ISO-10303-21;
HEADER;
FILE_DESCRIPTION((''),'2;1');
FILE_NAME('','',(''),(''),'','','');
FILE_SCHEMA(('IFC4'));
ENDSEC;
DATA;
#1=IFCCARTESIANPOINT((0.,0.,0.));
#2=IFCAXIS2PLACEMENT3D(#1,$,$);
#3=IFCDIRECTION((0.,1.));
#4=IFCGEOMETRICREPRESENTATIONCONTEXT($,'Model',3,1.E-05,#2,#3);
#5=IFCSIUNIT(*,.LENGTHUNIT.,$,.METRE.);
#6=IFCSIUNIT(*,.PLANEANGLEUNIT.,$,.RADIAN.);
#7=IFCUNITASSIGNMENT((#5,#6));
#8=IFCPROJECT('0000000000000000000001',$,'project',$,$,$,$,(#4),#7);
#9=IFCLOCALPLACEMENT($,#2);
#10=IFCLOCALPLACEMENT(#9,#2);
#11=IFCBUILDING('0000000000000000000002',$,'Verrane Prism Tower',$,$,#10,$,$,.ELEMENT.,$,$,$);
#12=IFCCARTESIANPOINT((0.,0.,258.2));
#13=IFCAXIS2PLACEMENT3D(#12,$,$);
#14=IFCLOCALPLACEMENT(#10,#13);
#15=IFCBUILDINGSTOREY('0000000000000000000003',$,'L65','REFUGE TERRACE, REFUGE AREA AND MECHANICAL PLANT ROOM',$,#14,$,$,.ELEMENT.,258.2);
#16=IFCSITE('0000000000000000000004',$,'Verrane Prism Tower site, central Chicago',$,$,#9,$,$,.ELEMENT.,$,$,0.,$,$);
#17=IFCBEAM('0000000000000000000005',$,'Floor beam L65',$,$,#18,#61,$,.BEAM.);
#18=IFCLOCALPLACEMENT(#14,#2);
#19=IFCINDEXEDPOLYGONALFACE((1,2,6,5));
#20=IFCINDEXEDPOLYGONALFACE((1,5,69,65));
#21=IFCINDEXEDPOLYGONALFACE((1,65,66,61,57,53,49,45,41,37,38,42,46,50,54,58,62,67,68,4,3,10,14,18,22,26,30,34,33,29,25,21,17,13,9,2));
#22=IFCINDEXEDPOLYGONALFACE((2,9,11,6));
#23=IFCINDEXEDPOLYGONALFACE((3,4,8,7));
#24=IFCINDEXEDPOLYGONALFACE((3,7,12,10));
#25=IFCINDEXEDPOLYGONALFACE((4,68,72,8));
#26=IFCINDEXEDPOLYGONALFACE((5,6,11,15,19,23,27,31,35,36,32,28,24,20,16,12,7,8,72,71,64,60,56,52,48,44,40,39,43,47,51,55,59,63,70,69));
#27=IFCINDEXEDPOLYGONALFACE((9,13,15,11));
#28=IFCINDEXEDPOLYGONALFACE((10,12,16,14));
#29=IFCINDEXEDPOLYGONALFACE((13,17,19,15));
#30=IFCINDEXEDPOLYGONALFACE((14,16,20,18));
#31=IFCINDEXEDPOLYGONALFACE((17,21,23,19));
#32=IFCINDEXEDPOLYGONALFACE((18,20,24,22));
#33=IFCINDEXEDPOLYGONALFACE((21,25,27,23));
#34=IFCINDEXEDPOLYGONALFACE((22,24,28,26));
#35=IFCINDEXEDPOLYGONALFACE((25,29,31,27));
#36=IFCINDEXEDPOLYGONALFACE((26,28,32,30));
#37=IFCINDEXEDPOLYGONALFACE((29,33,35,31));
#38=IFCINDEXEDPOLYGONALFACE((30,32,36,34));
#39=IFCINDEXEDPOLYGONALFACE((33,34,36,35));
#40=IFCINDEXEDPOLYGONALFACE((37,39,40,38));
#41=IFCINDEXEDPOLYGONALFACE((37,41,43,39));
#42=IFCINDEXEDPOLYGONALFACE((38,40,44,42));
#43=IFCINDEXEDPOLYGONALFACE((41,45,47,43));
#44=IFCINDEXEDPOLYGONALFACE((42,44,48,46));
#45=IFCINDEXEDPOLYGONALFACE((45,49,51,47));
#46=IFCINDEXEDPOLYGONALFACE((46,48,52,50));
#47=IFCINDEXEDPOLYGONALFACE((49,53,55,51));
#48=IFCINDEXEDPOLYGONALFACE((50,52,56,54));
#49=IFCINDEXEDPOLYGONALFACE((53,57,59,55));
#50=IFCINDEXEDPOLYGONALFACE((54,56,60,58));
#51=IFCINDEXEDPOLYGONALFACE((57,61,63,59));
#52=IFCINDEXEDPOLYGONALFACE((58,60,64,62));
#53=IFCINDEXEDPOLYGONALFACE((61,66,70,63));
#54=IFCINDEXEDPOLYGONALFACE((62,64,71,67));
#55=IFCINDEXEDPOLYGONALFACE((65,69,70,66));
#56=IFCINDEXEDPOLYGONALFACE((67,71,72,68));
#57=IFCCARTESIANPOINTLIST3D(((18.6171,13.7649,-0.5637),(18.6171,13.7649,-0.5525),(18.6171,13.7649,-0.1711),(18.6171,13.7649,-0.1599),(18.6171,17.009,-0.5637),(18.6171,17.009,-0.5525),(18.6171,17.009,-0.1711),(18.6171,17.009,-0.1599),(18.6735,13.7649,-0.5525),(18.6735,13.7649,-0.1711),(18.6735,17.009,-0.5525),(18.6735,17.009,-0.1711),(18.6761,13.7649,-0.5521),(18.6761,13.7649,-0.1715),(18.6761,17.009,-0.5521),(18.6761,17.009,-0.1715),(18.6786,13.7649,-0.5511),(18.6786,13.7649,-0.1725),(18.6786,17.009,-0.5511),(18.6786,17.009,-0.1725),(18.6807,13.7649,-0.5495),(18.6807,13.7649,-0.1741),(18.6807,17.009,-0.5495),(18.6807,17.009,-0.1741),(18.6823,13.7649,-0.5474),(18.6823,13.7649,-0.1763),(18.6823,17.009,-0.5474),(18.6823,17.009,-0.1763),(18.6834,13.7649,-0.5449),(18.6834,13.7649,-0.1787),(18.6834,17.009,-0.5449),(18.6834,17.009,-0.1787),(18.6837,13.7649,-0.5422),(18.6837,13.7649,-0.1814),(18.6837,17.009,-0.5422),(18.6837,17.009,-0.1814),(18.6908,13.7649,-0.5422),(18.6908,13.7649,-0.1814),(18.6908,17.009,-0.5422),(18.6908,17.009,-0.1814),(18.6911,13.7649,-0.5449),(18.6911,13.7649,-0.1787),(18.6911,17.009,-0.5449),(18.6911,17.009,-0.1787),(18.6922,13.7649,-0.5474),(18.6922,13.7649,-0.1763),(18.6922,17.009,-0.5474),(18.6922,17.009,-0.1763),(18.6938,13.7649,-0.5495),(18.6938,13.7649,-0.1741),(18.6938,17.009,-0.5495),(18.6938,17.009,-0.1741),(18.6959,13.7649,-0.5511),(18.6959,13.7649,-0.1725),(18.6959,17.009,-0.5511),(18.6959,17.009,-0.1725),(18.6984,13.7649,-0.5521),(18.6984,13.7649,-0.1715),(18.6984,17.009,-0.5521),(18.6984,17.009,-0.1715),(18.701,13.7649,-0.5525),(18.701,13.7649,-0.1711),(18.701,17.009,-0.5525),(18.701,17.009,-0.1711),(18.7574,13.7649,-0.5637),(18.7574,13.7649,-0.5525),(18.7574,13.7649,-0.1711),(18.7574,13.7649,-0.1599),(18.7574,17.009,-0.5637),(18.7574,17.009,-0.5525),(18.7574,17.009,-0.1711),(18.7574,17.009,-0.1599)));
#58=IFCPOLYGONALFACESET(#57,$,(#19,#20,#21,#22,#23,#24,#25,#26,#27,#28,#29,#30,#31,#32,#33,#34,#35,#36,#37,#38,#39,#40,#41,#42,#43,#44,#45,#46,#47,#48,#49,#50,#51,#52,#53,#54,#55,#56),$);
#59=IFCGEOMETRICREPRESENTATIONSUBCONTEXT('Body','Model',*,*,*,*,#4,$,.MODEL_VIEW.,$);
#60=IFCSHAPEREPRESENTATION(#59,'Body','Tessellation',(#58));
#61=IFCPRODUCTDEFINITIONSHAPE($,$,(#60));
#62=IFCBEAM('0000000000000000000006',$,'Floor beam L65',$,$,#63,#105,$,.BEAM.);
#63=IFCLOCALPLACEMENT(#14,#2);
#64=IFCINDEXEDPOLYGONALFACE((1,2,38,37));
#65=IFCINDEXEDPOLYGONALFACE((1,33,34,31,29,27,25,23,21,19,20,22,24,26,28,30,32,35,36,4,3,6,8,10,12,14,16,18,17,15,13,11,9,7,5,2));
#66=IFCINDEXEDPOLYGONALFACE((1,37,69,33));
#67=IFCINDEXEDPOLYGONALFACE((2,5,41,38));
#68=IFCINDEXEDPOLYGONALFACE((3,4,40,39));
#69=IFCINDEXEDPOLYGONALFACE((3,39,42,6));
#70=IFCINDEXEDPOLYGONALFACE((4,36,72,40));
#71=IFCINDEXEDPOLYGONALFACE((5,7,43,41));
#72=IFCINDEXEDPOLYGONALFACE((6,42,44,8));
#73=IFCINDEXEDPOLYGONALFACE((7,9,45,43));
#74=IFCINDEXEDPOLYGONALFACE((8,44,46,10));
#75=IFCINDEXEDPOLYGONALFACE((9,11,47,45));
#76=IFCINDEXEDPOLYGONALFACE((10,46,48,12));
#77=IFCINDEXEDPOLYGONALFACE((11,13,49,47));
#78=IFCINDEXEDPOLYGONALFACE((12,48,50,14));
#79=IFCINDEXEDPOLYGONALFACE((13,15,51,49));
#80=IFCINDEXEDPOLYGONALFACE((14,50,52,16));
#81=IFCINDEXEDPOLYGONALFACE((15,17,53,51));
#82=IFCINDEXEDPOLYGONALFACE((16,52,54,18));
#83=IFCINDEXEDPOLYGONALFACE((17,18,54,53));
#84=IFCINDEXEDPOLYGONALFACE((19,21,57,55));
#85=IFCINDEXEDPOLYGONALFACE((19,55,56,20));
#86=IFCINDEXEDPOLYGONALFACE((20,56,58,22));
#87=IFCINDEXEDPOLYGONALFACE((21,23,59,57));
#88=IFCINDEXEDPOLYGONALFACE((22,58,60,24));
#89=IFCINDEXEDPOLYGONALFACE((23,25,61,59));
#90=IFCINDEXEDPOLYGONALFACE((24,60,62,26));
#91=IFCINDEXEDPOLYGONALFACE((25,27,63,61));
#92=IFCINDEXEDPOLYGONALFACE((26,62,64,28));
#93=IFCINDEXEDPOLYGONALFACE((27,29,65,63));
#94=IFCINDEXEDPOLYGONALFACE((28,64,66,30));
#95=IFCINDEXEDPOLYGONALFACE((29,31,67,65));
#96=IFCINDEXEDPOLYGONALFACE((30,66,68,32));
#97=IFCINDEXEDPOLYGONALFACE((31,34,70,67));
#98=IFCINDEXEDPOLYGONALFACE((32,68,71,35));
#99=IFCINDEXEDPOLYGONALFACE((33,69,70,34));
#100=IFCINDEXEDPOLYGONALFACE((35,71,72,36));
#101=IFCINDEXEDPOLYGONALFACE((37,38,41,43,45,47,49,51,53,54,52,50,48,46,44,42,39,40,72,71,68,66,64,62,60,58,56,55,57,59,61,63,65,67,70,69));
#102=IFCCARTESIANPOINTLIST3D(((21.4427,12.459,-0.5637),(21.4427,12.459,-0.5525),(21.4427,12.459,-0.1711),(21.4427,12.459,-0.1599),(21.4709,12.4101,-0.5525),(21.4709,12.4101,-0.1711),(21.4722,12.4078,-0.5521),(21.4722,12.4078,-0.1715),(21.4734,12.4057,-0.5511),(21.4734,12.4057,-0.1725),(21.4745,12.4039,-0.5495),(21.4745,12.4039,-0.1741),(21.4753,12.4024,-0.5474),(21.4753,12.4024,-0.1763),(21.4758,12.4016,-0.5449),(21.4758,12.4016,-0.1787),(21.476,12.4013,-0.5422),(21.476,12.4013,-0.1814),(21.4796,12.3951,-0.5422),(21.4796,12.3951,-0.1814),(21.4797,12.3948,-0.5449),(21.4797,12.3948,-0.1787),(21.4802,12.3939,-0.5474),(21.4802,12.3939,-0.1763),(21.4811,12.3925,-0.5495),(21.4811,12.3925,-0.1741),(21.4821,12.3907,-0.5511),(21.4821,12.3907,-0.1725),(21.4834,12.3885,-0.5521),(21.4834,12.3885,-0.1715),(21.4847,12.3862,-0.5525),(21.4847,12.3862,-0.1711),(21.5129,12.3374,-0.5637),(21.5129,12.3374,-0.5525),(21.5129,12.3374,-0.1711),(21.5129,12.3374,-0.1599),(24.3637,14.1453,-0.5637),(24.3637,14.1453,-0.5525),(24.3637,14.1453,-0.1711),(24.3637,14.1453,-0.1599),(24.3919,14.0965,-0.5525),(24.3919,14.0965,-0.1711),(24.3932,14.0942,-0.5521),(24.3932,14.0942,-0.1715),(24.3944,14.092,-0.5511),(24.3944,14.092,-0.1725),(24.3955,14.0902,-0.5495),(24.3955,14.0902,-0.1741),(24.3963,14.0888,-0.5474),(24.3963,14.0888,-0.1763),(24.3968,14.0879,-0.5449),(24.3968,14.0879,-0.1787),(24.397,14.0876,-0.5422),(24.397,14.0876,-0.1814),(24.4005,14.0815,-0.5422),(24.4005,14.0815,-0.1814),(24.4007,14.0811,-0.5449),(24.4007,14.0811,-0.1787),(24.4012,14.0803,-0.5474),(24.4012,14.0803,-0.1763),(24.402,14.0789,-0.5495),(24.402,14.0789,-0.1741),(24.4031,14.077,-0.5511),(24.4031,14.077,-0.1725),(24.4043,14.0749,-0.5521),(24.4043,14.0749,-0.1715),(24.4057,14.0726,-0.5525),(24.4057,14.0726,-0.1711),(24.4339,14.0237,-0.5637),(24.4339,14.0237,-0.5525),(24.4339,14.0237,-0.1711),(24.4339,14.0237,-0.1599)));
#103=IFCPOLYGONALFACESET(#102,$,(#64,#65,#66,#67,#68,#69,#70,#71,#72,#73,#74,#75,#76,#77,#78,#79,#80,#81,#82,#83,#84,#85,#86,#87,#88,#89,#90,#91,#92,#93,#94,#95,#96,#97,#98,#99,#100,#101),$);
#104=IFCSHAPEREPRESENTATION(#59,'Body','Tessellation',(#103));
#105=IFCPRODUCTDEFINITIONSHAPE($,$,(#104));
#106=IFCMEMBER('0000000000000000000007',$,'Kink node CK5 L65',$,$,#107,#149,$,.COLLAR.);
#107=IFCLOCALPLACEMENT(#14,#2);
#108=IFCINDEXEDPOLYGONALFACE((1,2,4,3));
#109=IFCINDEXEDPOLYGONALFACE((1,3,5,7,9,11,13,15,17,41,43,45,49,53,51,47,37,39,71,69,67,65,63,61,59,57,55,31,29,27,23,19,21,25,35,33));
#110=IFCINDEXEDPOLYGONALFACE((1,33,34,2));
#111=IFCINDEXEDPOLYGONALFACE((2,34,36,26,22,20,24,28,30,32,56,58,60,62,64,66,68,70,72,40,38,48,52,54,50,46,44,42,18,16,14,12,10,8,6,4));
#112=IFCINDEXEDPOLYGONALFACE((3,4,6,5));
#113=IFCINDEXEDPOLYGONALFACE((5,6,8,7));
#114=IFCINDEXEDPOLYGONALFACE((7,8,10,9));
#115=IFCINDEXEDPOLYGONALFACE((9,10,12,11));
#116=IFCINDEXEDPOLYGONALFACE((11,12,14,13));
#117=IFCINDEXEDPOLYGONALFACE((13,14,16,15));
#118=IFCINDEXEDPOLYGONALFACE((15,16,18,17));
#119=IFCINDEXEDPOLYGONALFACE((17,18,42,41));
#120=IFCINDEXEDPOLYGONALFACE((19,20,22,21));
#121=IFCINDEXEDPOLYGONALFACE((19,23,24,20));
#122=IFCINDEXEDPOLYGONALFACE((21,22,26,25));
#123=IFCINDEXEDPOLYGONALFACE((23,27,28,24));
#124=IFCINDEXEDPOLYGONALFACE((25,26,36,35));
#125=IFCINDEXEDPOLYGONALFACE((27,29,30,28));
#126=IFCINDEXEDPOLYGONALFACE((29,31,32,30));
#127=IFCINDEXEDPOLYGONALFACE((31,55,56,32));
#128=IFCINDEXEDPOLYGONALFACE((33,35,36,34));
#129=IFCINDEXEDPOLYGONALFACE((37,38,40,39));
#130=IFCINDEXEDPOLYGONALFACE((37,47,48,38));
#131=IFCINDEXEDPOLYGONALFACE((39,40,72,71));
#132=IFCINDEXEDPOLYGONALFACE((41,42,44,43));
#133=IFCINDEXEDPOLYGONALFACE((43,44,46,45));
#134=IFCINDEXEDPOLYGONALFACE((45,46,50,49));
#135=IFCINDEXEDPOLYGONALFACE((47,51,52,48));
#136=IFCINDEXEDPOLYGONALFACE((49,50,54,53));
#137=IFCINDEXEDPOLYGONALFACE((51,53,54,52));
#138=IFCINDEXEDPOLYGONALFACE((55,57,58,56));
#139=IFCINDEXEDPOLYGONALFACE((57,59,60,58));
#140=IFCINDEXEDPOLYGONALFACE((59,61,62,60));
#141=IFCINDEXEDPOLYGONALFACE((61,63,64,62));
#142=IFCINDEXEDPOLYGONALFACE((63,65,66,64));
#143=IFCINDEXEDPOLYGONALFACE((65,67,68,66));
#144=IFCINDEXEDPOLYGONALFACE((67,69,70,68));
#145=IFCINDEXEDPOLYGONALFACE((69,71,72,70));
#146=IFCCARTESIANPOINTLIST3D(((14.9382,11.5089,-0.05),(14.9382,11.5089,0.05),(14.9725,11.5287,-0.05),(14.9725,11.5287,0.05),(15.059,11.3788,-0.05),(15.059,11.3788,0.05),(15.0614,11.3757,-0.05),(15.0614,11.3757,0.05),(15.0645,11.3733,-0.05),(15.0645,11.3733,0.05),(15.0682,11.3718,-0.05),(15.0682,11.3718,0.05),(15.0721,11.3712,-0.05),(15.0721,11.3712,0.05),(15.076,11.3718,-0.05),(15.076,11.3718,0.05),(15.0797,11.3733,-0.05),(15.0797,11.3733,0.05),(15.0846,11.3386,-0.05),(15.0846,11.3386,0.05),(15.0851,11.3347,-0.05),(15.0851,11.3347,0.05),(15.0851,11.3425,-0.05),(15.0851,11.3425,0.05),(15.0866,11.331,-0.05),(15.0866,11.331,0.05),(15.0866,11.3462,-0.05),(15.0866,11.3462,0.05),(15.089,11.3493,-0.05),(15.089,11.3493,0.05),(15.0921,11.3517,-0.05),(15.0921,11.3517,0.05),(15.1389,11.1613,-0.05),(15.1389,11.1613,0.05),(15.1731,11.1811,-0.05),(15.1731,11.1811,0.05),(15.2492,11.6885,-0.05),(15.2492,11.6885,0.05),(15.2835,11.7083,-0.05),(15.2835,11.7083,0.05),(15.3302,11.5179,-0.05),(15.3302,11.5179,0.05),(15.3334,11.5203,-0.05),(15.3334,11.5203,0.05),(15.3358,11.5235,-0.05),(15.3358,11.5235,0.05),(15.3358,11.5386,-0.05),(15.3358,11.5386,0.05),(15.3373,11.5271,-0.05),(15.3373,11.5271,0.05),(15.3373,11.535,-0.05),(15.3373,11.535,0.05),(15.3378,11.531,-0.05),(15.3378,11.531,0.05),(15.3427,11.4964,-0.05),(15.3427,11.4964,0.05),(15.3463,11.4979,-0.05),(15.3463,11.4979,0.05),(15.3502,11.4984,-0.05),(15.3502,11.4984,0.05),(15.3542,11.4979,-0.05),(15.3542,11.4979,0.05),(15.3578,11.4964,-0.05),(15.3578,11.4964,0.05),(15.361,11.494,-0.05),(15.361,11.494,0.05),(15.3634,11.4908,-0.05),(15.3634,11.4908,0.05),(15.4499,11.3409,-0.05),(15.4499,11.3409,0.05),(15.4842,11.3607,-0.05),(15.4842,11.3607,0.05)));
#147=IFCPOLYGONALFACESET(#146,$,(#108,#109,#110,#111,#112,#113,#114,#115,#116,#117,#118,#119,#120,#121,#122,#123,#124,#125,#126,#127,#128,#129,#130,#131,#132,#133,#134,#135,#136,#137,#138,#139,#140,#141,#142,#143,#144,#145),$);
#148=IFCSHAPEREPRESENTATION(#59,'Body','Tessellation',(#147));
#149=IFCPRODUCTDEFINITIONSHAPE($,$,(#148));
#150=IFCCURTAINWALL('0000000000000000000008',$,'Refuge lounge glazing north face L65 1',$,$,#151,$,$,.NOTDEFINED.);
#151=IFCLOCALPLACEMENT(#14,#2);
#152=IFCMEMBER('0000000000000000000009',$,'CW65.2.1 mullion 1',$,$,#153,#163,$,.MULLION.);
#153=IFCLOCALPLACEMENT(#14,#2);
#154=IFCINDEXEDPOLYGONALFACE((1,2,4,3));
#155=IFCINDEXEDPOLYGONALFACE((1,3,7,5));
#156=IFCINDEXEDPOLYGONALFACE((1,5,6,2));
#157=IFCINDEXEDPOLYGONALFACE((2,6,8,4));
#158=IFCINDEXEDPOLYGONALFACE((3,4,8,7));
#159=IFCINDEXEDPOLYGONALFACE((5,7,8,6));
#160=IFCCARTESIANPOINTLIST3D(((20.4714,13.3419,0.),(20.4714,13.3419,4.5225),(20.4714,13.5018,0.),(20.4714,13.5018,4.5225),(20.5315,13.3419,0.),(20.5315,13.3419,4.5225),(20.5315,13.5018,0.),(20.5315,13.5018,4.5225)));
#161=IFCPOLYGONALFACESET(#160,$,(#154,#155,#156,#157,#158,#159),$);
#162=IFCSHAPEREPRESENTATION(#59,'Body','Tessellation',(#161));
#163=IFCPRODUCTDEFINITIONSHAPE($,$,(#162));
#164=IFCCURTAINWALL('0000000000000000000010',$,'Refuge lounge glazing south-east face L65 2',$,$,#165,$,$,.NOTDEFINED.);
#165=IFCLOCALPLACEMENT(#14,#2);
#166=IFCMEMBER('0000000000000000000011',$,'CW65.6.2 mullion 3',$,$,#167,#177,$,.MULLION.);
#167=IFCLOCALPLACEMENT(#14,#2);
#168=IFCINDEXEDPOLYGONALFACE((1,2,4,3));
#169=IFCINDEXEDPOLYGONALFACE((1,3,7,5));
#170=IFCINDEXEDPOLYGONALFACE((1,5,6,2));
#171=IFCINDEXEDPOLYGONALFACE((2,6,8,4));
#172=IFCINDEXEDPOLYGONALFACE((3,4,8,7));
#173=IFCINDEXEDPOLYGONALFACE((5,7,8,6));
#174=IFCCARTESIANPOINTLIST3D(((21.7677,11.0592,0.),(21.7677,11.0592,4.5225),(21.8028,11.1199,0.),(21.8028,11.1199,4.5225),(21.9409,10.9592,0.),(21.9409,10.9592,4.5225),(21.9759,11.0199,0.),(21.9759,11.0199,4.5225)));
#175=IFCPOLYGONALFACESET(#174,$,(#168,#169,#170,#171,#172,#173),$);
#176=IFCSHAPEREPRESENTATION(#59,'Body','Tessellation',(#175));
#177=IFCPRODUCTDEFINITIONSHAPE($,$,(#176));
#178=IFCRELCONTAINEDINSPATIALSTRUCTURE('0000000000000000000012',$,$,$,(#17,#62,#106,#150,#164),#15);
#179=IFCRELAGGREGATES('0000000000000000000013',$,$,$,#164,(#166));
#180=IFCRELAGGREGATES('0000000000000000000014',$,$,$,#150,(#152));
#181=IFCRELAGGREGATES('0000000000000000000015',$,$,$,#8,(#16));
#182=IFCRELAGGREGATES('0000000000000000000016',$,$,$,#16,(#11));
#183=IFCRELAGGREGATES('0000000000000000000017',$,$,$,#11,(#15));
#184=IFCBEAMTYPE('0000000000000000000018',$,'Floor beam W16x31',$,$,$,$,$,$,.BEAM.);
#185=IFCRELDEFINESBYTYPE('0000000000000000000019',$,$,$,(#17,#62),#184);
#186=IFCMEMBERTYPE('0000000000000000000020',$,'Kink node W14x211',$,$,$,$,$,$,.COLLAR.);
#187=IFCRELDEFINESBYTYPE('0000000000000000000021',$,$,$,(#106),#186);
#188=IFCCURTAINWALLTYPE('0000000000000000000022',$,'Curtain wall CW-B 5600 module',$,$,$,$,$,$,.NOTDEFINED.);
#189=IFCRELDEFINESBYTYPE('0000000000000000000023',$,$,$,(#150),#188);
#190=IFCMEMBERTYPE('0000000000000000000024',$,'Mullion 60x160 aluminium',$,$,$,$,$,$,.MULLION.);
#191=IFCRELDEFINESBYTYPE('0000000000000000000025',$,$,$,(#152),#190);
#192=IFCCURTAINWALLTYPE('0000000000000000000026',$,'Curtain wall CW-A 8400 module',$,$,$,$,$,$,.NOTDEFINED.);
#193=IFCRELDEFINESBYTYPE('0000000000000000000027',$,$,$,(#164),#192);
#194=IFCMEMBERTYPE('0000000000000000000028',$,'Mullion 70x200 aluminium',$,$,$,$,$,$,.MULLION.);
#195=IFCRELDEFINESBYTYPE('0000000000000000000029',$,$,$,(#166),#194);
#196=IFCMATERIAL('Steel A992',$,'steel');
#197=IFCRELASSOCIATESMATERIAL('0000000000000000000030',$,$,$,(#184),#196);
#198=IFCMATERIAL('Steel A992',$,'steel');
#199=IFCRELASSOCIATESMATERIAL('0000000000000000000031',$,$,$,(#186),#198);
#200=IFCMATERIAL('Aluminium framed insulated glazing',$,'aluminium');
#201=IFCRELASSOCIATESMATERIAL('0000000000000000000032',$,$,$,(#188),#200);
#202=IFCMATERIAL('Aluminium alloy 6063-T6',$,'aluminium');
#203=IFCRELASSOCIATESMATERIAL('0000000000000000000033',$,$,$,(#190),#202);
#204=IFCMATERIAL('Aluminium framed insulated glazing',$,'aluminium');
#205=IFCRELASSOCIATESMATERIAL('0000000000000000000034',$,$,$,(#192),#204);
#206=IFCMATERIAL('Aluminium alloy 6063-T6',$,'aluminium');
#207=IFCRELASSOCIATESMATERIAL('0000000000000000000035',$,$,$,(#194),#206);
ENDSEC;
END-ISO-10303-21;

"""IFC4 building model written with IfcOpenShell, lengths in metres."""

from ifc_helpers import new_model, si_unit, direction, frame, origin, origin_2d, place, context, subcontext, project, spatial, rectangle, i_section, extrude, material, material_profile, profile_set, type_object, element, aggregate, save


model = new_model("IFC4")

# Units and contexts
model_context = context("Model", 3, precision=1e-05, world=origin(), true_north=direction((0.0, 1.0)))
body_context = subcontext(model_context, "Body", "Model", "MODEL_VIEW")
ifc_project = project(units=[si_unit("LENGTHUNIT", "METRE"), si_unit("PLANEANGLEUNIT", "RADIAN")], contexts=[model_context])

# Site, building, storey
site_placement = place(None, origin())
site = spatial("IfcSite", under=ifc_project, at=site_placement, Name="Verrane Prism Tower site, central Chicago", CompositionType="ELEMENT", RefElevation=0.0)
building_placement = place(site_placement, origin())
building = spatial("IfcBuilding", under=site, at=building_placement, Name="Verrane Prism Tower", CompositionType="ELEMENT")
storey_placement = place(building_placement, frame((0.0, 0.0, 258.2)))
storey = spatial("IfcBuildingStorey", under=building, at=storey_placement, Name="L65", Description="REFUGE TERRACE, REFUGE AREA AND MECHANICAL PLANT ROOM", CompositionType="ELEMENT", Elevation=258.2)

# Beams
ifc_material_1 = material(Name="Steel A992", Category="steel")
ifc_material_profile_1 = material_profile(ifc_material_1, i_section(OverallWidth=0.1404, OverallDepth=0.4038, WebThickness=0.0071, FlangeThickness=0.0112, FilletRadius=0.0103, at=origin_2d()), Name="W16x31")
ifc_profile_set_1 = profile_set([ifc_material_profile_1], Name="Steel A992")
beam_type_1 = type_object("IfcBeamType", Name="Floor beam W16x31", PredefinedType="BEAM", material=ifc_profile_set_1)
beam_1_placement = place(storey_placement, frame((18.6873, 13.7649, -0.3618), z_axis=(0.0, 1.0, 0.0), x_axis=(-1.0, 0.0, 0.0)))
element("IfcBeam", 1, at=beam_1_placement, inside=storey, type_object=beam_type_1, Name="Floor beam L65", PredefinedType="BEAM", context=body_context, shape_type="SweptSolid", body=[
    extrude(i_section(OverallWidth=0.1404, OverallDepth=0.4038, WebThickness=0.0071, FlangeThickness=0.0112, FilletRadius=0.0103, at=origin_2d()), origin(), (0.0, 0.0, 1.0), 3.2441),
])
beam_2_placement = place(storey_placement, frame((21.4778, 12.3982, -0.3618), z_axis=(0.866039, 0.499977, 0.0), x_axis=(-0.499977, 0.866039, 0.0)))
element("IfcBeam", 2, at=beam_2_placement, inside=storey, type_object=beam_type_1, Name="Floor beam L65", PredefinedType="BEAM", context=body_context, shape_type="SweptSolid", body=[
    extrude(i_section(OverallWidth=0.1404, OverallDepth=0.4038, WebThickness=0.0071, FlangeThickness=0.0112, FilletRadius=0.0103, at=origin_2d()), origin(), (0.0, 0.0, 1.0), 3.3728),
])

# Member
ifc_material_2 = material(Name="Steel A992", Category="steel")
ifc_material_profile_2 = material_profile(ifc_material_2, i_section(OverallWidth=0.4014, OverallDepth=0.3987, WebThickness=0.0249, FlangeThickness=0.0396, FilletRadius=0.0151, at=origin_2d()), Name="W14x211")
ifc_profile_set_2 = profile_set([ifc_material_profile_2], Name="Steel A992")
member_type_1 = type_object("IfcMemberType", Name="Kink node W14x211", PredefinedType="COLLAR", material=ifc_profile_set_2)
member_1_placement = place(storey_placement, frame((15.2112, 11.4348, -0.05), z_axis=(0.0, 0.0, 1.0), x_axis=(0.5, -0.866025, 0.0)))
element("IfcMember", 3, at=member_1_placement, inside=storey, type_object=member_type_1, Name="Kink node CK5 L65", PredefinedType="COLLAR", context=body_context, shape_type="SweptSolid", body=[
    extrude(i_section(OverallWidth=0.4014, OverallDepth=0.3987, WebThickness=0.0249, FlangeThickness=0.0396, FilletRadius=0.0151, at=origin_2d()), origin(), (0.0, 0.0, 1.0), 0.1001),
])

# Curtain walls, members
ifc_material_3 = material(Name="Aluminium framed insulated glazing", Category="aluminium")
curtain_wall_type_1 = type_object("IfcCurtainWallType", Name="Curtain wall CW-B 5600 module", PredefinedType="NOTDEFINED", material=ifc_material_3)
curtain_wall_1_placement = place(storey_placement, origin())
curtain_wall_1 = element("IfcCurtainWall", 4, at=curtain_wall_1_placement, inside=storey, type_object=curtain_wall_type_1, Name="Refuge lounge glazing north face L65 1", PredefinedType="NOTDEFINED")
ifc_material_4 = material(Name="Aluminium alloy 6063-T6", Category="aluminium")
ifc_material_profile_3 = material_profile(ifc_material_4, rectangle(XDim=0.1599, YDim=0.0601, at=origin_2d()), Name="Mullion 60x160 aluminium")
ifc_profile_set_3 = profile_set([ifc_material_profile_3], Name="Aluminium alloy 6063-T6")
member_type_2 = type_object("IfcMemberType", Name="Mullion 60x160 aluminium", PredefinedType="MULLION", material=ifc_profile_set_3)
member_2_placement = place(storey_placement, frame((20.5015, 13.4219, 0.0), z_axis=(0.0, 0.0, 1.0), x_axis=(0.0, -1.0, 0.0)))
member_2 = element("IfcMember", 5, at=member_2_placement, type_object=member_type_2, Name="CW65.2.1 mullion 1", PredefinedType="MULLION", context=body_context, shape_type="SweptSolid", body=[
    extrude(rectangle(XDim=0.1599, YDim=0.0601, at=origin_2d()), origin(), (0.0, 0.0, 1.0), 4.5225),
])
ifc_material_5 = material(Name="Aluminium framed insulated glazing", Category="aluminium")
curtain_wall_type_2 = type_object("IfcCurtainWallType", Name="Curtain wall CW-A 8400 module", PredefinedType="NOTDEFINED", material=ifc_material_5)
curtain_wall_2_placement = place(storey_placement, origin())
curtain_wall_2 = element("IfcCurtainWall", 6, at=curtain_wall_2_placement, inside=storey, type_object=curtain_wall_type_2, Name="Refuge lounge glazing south-east face L65 2", PredefinedType="NOTDEFINED")
ifc_material_6 = material(Name="Aluminium alloy 6063-T6", Category="aluminium")
ifc_material_profile_4 = material_profile(ifc_material_6, rectangle(XDim=0.2, YDim=0.0701, at=origin_2d()), Name="Mullion 70x200 aluminium")
ifc_profile_set_4 = profile_set([ifc_material_profile_4], Name="Aluminium alloy 6063-T6")
member_type_3 = type_object("IfcMemberType", Name="Mullion 70x200 aluminium", PredefinedType="MULLION", material=ifc_profile_set_4)
member_3_placement = place(storey_placement, frame((21.8718, 11.0396, 0.0), z_axis=(0.0, 0.0, 1.0), x_axis=(-0.866026, 0.499998, 0.0)))
member_3 = element("IfcMember", 7, at=member_3_placement, type_object=member_type_3, Name="CW65.6.2 mullion 3", PredefinedType="MULLION", context=body_context, shape_type="SweptSolid", body=[
    extrude(rectangle(XDim=0.2, YDim=0.0701, at=origin_2d()), origin(), (0.0, 0.0, 1.0), 4.5225),
])
aggregate(curtain_wall_2, [member_3])

aggregate(curtain_wall_1, [member_2])

save(model, "model.ifc")
